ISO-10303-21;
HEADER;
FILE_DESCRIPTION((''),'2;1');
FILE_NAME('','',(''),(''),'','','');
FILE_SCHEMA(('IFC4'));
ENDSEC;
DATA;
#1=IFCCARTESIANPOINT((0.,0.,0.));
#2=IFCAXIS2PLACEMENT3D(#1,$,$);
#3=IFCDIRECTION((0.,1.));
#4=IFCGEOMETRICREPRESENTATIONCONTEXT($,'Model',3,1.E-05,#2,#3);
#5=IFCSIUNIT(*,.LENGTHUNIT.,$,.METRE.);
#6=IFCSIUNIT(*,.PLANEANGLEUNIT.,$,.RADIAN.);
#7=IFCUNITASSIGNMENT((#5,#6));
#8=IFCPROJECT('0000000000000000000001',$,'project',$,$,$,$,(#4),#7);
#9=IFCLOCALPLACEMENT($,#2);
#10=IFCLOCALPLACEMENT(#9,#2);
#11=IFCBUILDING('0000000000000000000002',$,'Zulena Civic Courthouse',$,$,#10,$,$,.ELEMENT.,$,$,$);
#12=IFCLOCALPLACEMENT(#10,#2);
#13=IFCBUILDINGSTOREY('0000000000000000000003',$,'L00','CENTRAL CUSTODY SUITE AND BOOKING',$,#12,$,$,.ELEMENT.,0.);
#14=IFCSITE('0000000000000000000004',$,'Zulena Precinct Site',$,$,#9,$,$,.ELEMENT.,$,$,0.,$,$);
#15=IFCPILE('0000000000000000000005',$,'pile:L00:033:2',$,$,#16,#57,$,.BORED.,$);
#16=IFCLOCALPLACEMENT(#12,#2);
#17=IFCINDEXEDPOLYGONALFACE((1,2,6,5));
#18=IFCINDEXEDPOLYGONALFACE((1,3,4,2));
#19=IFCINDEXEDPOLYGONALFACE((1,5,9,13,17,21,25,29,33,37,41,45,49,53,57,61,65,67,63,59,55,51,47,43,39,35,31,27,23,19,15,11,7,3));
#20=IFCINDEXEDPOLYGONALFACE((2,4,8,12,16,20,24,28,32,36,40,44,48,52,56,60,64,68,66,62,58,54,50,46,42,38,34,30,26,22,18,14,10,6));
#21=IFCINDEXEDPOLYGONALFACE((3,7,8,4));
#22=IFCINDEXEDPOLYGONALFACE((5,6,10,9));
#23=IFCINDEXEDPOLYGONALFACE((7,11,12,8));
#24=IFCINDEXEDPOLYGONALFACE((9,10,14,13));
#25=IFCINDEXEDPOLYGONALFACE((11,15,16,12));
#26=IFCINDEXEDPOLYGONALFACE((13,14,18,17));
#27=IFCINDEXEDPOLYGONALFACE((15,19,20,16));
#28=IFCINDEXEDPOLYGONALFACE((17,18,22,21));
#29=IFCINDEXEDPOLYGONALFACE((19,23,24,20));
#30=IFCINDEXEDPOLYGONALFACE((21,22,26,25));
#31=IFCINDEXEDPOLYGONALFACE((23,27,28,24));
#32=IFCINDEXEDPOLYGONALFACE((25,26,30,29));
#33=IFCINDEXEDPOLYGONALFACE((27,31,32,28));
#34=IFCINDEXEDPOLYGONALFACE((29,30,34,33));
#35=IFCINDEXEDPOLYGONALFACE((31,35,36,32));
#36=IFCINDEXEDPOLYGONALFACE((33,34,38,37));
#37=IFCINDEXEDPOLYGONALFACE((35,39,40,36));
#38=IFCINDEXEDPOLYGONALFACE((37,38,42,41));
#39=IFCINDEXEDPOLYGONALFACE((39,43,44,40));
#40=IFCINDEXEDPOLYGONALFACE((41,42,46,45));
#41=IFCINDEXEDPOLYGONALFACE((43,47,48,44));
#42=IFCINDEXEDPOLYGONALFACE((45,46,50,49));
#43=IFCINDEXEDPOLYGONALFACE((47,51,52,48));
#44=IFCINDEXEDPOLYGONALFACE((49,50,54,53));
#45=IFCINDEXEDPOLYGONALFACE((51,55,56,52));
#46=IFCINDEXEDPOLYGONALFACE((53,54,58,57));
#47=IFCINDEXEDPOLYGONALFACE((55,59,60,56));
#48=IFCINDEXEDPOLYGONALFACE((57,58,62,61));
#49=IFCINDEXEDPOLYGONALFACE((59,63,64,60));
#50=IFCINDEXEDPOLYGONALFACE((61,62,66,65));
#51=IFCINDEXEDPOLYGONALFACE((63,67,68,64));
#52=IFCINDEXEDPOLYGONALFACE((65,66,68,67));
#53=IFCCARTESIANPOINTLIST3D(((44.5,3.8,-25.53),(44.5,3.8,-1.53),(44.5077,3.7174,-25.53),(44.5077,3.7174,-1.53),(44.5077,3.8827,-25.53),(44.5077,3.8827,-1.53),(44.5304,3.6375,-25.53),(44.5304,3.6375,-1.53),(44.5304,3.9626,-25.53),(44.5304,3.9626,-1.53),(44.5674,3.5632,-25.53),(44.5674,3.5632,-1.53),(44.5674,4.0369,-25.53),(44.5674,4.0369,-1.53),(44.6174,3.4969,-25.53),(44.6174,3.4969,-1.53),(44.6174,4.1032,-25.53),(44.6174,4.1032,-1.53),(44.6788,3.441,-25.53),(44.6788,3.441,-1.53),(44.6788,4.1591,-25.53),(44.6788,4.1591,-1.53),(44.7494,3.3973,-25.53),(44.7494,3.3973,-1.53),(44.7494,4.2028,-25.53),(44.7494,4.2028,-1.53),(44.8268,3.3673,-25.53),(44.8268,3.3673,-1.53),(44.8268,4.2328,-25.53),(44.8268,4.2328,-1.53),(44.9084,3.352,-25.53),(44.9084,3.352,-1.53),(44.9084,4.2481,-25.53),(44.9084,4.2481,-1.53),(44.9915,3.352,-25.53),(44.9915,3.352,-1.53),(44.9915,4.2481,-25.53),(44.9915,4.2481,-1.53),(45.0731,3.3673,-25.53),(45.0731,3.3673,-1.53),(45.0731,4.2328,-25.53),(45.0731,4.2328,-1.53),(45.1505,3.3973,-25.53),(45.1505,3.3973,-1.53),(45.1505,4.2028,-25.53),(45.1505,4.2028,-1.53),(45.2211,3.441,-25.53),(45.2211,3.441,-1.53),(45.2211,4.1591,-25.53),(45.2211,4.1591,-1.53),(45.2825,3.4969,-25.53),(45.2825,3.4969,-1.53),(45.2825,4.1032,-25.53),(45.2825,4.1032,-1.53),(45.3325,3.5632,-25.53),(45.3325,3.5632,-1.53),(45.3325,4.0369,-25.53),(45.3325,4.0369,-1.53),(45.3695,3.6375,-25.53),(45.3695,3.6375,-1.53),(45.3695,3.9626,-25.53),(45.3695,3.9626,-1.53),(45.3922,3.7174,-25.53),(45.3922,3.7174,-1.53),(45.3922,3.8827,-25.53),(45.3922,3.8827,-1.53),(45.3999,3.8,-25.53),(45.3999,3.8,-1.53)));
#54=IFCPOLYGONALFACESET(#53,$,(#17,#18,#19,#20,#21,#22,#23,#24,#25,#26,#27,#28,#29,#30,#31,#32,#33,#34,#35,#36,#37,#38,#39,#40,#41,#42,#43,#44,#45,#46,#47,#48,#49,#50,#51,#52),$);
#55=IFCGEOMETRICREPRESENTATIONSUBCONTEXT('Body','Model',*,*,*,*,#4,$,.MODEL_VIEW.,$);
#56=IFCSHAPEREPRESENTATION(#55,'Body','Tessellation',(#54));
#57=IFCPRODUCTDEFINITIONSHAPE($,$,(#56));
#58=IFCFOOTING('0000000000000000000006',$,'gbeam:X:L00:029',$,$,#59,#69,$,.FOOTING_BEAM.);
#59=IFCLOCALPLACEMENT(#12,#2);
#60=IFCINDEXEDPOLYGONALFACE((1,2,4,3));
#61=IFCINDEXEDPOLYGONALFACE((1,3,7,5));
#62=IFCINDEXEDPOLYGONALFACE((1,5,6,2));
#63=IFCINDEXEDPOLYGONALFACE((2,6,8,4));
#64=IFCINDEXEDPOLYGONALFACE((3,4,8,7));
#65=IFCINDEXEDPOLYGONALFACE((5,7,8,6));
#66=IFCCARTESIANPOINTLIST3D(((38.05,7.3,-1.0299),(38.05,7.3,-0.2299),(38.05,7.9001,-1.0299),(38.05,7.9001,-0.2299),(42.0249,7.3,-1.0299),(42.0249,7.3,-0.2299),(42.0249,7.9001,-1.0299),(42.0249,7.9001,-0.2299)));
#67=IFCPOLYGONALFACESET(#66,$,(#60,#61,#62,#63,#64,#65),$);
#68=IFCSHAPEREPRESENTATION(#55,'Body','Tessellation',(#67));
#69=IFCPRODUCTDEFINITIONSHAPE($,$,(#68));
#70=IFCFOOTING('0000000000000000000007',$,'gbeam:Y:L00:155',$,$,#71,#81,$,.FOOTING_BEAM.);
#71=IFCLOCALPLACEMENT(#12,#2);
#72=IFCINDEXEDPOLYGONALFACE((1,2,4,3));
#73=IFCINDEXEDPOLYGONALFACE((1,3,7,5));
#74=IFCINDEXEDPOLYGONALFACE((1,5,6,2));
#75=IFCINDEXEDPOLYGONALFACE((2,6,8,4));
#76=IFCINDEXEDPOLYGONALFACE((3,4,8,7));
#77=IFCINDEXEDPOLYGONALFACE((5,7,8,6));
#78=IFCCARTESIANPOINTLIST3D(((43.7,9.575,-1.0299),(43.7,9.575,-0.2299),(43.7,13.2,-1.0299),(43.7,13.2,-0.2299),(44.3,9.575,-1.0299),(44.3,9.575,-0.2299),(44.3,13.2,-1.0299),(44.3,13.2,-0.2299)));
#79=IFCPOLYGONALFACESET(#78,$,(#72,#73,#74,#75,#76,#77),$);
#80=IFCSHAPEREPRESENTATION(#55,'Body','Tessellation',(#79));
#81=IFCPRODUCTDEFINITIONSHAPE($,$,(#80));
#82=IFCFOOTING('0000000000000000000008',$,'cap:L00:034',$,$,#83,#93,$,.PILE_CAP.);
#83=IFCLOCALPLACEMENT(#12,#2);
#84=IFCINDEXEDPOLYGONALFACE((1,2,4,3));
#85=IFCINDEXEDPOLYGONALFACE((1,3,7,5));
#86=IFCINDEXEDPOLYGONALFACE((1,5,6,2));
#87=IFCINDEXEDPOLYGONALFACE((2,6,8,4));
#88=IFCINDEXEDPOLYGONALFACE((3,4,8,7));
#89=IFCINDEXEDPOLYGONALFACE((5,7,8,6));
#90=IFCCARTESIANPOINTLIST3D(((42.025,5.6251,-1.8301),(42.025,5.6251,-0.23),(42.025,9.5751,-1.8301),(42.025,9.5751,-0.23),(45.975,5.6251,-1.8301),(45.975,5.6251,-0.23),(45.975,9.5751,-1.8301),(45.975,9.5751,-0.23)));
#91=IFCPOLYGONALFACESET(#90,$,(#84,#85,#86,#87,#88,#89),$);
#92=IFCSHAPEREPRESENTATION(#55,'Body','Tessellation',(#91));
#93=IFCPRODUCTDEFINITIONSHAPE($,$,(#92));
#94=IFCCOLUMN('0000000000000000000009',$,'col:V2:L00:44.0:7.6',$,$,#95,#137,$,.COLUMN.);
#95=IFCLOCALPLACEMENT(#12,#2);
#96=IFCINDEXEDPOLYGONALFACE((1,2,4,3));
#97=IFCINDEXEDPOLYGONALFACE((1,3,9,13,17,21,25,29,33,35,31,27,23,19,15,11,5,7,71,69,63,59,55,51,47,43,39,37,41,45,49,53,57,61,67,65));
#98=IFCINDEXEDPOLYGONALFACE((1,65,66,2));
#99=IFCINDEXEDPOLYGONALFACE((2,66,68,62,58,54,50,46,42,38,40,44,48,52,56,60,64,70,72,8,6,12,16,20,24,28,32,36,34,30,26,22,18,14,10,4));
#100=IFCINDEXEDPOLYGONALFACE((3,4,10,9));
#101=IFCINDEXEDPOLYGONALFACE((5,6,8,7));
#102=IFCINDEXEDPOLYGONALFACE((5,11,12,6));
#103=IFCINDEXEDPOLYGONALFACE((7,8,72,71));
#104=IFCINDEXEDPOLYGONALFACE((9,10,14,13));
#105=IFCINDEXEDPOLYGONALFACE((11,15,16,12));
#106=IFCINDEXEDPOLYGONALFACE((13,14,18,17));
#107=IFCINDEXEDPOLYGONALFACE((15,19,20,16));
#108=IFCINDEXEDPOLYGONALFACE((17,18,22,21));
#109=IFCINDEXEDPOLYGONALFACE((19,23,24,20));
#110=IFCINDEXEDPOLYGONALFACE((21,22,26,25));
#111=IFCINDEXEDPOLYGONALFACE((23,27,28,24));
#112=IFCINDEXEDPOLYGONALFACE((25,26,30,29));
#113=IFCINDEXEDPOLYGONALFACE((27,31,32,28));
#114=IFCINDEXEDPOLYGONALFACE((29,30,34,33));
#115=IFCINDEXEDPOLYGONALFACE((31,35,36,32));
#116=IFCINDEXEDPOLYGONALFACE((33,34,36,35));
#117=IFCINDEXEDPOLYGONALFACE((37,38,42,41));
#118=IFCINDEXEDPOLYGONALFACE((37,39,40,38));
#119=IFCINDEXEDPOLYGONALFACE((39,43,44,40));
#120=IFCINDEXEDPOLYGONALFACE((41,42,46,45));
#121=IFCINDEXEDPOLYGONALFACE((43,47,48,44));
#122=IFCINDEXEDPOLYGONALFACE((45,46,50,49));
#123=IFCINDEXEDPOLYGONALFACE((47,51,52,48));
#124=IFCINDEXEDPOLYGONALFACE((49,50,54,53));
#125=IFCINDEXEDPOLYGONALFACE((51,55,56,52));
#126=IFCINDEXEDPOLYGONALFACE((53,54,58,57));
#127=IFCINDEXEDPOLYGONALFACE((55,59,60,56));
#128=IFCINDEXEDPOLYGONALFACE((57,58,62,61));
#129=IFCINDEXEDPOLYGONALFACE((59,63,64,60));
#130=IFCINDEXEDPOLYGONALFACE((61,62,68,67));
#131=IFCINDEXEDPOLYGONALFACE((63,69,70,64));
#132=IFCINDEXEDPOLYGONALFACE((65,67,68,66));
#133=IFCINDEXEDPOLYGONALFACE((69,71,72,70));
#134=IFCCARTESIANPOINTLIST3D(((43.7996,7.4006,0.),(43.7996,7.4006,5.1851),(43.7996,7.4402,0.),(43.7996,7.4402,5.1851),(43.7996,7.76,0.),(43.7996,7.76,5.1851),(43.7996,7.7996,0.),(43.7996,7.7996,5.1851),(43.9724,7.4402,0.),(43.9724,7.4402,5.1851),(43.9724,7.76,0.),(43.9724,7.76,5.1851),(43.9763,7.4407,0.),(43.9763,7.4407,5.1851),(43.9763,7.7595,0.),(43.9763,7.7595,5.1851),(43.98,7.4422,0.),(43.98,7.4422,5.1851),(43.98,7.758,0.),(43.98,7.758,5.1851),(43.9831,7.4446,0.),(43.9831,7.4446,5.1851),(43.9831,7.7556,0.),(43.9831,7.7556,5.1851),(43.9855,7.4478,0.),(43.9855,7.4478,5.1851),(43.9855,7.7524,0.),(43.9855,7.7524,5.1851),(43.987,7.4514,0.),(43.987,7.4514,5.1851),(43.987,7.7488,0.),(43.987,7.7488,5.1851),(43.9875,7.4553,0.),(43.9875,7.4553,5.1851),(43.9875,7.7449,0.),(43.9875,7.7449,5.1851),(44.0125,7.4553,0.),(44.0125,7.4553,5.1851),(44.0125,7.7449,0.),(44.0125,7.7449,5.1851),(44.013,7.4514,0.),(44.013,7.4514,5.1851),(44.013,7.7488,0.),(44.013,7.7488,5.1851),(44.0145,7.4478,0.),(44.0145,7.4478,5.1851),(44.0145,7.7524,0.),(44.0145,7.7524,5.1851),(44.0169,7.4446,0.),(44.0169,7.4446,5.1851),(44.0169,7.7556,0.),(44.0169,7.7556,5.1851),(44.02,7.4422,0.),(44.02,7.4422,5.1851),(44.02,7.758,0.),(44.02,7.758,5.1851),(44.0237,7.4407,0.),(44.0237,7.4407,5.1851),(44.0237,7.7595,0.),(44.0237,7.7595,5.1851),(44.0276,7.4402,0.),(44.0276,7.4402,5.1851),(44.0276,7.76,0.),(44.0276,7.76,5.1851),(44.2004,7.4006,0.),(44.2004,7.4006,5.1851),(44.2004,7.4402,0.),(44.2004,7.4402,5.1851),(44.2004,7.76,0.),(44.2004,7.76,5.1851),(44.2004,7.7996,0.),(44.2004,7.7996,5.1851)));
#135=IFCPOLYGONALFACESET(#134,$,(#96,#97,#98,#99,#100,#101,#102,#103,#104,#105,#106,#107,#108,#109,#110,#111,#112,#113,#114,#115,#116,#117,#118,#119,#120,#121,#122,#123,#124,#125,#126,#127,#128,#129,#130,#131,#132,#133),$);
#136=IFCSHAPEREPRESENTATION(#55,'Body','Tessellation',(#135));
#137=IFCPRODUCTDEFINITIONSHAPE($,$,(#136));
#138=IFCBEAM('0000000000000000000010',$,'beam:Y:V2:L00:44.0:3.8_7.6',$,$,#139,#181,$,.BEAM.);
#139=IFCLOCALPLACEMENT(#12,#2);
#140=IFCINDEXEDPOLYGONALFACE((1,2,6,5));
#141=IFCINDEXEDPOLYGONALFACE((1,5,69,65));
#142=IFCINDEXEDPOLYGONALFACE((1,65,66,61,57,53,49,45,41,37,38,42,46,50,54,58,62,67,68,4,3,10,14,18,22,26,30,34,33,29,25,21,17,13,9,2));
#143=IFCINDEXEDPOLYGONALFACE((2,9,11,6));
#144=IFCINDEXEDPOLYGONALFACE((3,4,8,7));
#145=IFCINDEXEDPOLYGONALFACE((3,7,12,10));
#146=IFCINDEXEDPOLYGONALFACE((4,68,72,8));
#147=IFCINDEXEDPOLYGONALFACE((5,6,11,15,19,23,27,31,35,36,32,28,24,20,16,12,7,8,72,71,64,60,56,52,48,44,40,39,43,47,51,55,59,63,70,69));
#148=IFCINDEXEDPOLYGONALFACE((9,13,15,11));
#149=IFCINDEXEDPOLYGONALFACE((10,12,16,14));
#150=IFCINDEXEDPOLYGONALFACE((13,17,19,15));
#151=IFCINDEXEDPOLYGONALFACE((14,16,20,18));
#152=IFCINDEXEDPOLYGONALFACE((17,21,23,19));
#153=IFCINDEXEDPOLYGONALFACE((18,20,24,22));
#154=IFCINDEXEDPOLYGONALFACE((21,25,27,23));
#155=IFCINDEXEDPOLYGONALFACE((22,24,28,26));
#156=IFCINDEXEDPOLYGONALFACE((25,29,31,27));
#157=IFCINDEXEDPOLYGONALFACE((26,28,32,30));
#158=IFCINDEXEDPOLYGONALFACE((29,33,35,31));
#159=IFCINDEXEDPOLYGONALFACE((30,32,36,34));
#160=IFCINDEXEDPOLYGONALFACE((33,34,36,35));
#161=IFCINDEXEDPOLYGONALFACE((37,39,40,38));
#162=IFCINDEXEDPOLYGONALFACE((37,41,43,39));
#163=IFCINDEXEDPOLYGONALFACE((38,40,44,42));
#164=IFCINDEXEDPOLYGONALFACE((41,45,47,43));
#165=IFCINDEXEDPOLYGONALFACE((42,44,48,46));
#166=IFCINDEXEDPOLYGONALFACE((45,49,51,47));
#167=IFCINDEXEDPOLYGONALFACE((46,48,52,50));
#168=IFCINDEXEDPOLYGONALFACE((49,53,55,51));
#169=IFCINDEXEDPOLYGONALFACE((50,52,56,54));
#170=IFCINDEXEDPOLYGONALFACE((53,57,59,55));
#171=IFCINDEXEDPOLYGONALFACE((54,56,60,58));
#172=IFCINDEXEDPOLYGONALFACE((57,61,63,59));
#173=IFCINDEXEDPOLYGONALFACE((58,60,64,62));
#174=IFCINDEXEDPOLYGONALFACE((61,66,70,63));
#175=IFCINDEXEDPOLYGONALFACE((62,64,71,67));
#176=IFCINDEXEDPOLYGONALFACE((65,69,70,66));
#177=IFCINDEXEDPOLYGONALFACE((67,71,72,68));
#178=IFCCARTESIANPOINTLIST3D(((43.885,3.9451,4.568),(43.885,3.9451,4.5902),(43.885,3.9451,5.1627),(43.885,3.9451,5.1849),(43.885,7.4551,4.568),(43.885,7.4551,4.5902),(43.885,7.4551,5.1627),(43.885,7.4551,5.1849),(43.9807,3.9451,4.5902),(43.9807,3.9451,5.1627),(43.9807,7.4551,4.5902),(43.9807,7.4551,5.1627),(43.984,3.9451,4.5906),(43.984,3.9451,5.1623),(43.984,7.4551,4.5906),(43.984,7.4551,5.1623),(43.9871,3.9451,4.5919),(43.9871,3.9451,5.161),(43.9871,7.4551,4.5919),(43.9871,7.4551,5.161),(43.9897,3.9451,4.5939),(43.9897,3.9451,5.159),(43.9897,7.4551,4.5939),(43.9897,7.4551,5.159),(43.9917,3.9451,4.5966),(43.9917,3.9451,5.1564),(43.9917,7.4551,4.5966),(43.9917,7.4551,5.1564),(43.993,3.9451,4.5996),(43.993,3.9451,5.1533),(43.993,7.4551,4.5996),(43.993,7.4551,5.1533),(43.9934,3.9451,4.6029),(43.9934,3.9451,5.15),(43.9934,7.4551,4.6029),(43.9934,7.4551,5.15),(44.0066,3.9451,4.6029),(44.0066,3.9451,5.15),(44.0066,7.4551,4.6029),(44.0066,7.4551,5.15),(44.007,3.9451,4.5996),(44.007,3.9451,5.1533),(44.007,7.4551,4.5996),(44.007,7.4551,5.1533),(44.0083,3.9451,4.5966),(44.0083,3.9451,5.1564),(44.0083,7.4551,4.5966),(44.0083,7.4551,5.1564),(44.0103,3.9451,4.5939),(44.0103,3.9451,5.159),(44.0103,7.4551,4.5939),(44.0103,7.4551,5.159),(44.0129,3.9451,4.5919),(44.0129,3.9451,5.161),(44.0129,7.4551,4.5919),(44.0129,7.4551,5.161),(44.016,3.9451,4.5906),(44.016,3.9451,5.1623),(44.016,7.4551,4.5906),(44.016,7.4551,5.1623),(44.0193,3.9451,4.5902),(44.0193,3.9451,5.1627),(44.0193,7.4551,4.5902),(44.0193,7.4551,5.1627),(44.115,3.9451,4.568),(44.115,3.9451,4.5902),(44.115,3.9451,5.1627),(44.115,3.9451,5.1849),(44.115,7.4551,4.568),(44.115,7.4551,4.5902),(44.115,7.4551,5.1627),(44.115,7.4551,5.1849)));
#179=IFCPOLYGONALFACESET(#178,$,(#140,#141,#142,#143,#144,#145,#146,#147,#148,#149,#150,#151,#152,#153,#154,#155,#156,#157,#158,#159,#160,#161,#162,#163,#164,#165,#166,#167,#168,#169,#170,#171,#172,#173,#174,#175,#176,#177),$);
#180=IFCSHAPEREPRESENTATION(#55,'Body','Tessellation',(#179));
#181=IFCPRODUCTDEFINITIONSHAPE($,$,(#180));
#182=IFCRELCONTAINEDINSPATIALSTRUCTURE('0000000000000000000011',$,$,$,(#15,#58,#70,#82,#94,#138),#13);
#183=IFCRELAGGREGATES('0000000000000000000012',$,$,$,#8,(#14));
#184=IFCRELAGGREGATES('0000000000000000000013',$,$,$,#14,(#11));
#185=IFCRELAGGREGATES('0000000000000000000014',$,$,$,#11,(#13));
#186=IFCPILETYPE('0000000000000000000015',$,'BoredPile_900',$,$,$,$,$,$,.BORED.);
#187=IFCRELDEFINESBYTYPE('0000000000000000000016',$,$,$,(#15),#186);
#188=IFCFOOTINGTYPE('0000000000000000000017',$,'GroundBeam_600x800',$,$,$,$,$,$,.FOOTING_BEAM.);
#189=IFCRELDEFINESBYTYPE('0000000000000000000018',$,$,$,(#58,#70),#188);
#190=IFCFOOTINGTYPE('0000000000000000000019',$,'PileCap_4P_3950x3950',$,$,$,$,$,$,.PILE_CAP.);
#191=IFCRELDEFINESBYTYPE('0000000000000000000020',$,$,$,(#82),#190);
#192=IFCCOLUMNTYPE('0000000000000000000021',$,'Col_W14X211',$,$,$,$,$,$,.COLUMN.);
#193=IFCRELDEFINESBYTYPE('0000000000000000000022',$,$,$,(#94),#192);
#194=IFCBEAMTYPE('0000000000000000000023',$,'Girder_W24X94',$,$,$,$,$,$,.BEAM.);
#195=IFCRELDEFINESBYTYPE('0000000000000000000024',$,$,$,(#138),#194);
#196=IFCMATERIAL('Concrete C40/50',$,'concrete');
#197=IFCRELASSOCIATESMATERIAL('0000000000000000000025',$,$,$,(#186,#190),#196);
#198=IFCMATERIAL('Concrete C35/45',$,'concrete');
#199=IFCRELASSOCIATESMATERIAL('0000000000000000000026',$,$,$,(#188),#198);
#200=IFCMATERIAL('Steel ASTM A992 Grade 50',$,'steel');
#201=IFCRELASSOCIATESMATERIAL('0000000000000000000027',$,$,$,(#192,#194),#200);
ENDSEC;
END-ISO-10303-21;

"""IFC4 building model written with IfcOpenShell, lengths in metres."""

from ifc_helpers import new_model, si_unit, direction, frame, origin, origin_2d, place, context, subcontext, project, spatial, rectangle, circle, i_section, extrude, material, material_profile, profile_set, type_object, element, save


model = new_model("IFC4")

# Units and contexts
model_context = context("Model", 3, precision=1e-05, world=origin(), true_north=direction((0.0, 1.0)))
body_context = subcontext(model_context, "Body", "Model", "MODEL_VIEW")
ifc_project = project(units=[si_unit("LENGTHUNIT", "METRE"), si_unit("PLANEANGLEUNIT", "RADIAN")], contexts=[model_context])

# Site, building, storey
site_placement = place(None, origin())
site = spatial("IfcSite", under=ifc_project, at=site_placement, Name="Zulena Precinct Site", CompositionType="ELEMENT", RefElevation=0.0)
building_placement = place(site_placement, origin())
building = spatial("IfcBuilding", under=site, at=building_placement, Name="Zulena Civic Courthouse", CompositionType="ELEMENT")
storey_placement = place(building_placement, origin())
storey = spatial("IfcBuildingStorey", under=building, at=storey_placement, Name="L00", Description="CENTRAL CUSTODY SUITE AND BOOKING", CompositionType="ELEMENT", Elevation=0.0)

# Pile
ifc_material_1 = material(Name="Concrete C40/50", Category="concrete")
ifc_material_profile_1 = material_profile(ifc_material_1, circle(Radius=0.45, at=origin_2d()), Name="PILE900")
ifc_profile_set_1 = profile_set([ifc_material_profile_1], Name="Concrete C40/50")
pile_type_1 = type_object("IfcPileType", Name="BoredPile_900", PredefinedType="BORED", material=ifc_profile_set_1)
pile_placement = place(storey_placement, frame((44.95, 3.8, -1.53), z_axis=(0.0, 0.0, -1.0), x_axis=(1.0, 0.0, 0.0)))
element("IfcPile", 1, at=pile_placement, inside=storey, type_object=pile_type_1, Name="pile:L00:033:2", PredefinedType="BORED", context=body_context, shape_type="SweptSolid", body=[
    extrude(circle(Radius=0.45, at=origin_2d()), origin(), (0.0, 0.0, 1.0), 24.0),
])

# Footings
ifc_material_2 = material(Name="Concrete C35/45", Category="concrete")
ifc_material_profile_2 = material_profile(ifc_material_2, rectangle(XDim=0.6001, YDim=0.8, at=origin_2d()), Name="RC600X800")
ifc_profile_set_2 = profile_set([ifc_material_profile_2], Name="Concrete C35/45")
footing_type_1 = type_object("IfcFootingType", Name="GroundBeam_600x800", PredefinedType="FOOTING_BEAM", material=ifc_profile_set_2)
footing_1_placement = place(storey_placement, frame((38.05, 7.6001, -0.6299), z_axis=(1.0, 0.0, 0.0), x_axis=(0.0, 1.0, 0.0)))
element("IfcFooting", 2, at=footing_1_placement, inside=storey, type_object=footing_type_1, Name="gbeam:X:L00:029", PredefinedType="FOOTING_BEAM", context=body_context, shape_type="SweptSolid", body=[
    extrude(rectangle(XDim=0.6001, YDim=0.8, at=origin_2d()), origin(), (0.0, 0.0, 1.0), 3.9749),
])
footing_2_placement = place(storey_placement, frame((44.0, 9.575, -0.6299), z_axis=(0.0, 1.0, 0.0), x_axis=(-1.0, 0.0, 0.0)))
element("IfcFooting", 3, at=footing_2_placement, inside=storey, type_object=footing_type_1, Name="gbeam:Y:L00:155", PredefinedType="FOOTING_BEAM", context=body_context, shape_type="SweptSolid", body=[
    extrude(rectangle(XDim=0.6001, YDim=0.8, at=origin_2d()), origin(), (0.0, 0.0, 1.0), 3.625),
])
footing_type_2 = type_object("IfcFootingType", Name="PileCap_4P_3950x3950", PredefinedType="PILE_CAP", material=ifc_material_1)
footing_3_placement = place(storey_placement, frame((44.0, 7.6001, -1.8301), z_axis=(0.0, 0.0, 1.0), x_axis=(1.0, 0.0, 0.0)))
element("IfcFooting", 4, at=footing_3_placement, inside=storey, type_object=footing_type_2, Name="cap:L00:034", PredefinedType="PILE_CAP", context=body_context, shape_type="SweptSolid", body=[
    extrude(rectangle(XDim=3.95, YDim=3.95, at=origin_2d()), origin(), (0.0, 0.0, 1.0), 1.6001),
])

# Column
ifc_material_3 = material(Name="Steel ASTM A992 Grade 50", Category="steel")
ifc_material_profile_3 = material_profile(ifc_material_3, i_section(OverallWidth=0.4009, OverallDepth=0.3989, WebThickness=0.0249, FlangeThickness=0.0396, FilletRadius=0.0151, at=origin_2d()), Name="W14X211")
ifc_profile_set_3 = profile_set([ifc_material_profile_3], Name="Steel ASTM A992 Grade 50")
column_type = type_object("IfcColumnType", Name="Col_W14X211", PredefinedType="COLUMN", material=ifc_profile_set_3)
column_placement = place(storey_placement, frame((44.0, 7.6001, 0.0), z_axis=(0.0, 0.0, 1.0), x_axis=(1.0, 0.0, 0.0)))
element("IfcColumn", 5, at=column_placement, inside=storey, type_object=column_type, Name="col:V2:L00:44.0:7.6", PredefinedType="COLUMN", context=body_context, shape_type="SweptSolid", body=[
    extrude(i_section(OverallWidth=0.4009, OverallDepth=0.3989, WebThickness=0.0249, FlangeThickness=0.0396, FilletRadius=0.0151, at=origin_2d()), origin(), (0.0, 0.0, 1.0), 5.1851),
])

# Beam
ifc_material_profile_4 = material_profile(ifc_material_3, i_section(OverallWidth=0.23, OverallDepth=0.6169, WebThickness=0.0132, FlangeThickness=0.0222, FilletRadius=0.0127, at=origin_2d()), Name="W24X94")
ifc_profile_set_4 = profile_set([ifc_material_profile_4], Name="Steel ASTM A992 Grade 50")
beam_type_1 = type_object("IfcBeamType", Name="Girder_W24X94", PredefinedType="BEAM", material=ifc_profile_set_4)
beam_1_placement = place(storey_placement, frame((44.0, 3.9451, 4.8765), z_axis=(0.0, 1.0, 0.0), x_axis=(-1.0, 0.0, 0.0)))
element("IfcBeam", 6, at=beam_1_placement, inside=storey, type_object=beam_type_1, Name="beam:Y:V2:L00:44.0:3.8_7.6", PredefinedType="BEAM", context=body_context, shape_type="SweptSolid", body=[
    extrude(i_section(OverallWidth=0.23, OverallDepth=0.6169, WebThickness=0.0132, FlangeThickness=0.0222, FilletRadius=0.0127, at=origin_2d()), origin(), (0.0, 0.0, 1.0), 3.51),
])

save(model, "model.ifc")
